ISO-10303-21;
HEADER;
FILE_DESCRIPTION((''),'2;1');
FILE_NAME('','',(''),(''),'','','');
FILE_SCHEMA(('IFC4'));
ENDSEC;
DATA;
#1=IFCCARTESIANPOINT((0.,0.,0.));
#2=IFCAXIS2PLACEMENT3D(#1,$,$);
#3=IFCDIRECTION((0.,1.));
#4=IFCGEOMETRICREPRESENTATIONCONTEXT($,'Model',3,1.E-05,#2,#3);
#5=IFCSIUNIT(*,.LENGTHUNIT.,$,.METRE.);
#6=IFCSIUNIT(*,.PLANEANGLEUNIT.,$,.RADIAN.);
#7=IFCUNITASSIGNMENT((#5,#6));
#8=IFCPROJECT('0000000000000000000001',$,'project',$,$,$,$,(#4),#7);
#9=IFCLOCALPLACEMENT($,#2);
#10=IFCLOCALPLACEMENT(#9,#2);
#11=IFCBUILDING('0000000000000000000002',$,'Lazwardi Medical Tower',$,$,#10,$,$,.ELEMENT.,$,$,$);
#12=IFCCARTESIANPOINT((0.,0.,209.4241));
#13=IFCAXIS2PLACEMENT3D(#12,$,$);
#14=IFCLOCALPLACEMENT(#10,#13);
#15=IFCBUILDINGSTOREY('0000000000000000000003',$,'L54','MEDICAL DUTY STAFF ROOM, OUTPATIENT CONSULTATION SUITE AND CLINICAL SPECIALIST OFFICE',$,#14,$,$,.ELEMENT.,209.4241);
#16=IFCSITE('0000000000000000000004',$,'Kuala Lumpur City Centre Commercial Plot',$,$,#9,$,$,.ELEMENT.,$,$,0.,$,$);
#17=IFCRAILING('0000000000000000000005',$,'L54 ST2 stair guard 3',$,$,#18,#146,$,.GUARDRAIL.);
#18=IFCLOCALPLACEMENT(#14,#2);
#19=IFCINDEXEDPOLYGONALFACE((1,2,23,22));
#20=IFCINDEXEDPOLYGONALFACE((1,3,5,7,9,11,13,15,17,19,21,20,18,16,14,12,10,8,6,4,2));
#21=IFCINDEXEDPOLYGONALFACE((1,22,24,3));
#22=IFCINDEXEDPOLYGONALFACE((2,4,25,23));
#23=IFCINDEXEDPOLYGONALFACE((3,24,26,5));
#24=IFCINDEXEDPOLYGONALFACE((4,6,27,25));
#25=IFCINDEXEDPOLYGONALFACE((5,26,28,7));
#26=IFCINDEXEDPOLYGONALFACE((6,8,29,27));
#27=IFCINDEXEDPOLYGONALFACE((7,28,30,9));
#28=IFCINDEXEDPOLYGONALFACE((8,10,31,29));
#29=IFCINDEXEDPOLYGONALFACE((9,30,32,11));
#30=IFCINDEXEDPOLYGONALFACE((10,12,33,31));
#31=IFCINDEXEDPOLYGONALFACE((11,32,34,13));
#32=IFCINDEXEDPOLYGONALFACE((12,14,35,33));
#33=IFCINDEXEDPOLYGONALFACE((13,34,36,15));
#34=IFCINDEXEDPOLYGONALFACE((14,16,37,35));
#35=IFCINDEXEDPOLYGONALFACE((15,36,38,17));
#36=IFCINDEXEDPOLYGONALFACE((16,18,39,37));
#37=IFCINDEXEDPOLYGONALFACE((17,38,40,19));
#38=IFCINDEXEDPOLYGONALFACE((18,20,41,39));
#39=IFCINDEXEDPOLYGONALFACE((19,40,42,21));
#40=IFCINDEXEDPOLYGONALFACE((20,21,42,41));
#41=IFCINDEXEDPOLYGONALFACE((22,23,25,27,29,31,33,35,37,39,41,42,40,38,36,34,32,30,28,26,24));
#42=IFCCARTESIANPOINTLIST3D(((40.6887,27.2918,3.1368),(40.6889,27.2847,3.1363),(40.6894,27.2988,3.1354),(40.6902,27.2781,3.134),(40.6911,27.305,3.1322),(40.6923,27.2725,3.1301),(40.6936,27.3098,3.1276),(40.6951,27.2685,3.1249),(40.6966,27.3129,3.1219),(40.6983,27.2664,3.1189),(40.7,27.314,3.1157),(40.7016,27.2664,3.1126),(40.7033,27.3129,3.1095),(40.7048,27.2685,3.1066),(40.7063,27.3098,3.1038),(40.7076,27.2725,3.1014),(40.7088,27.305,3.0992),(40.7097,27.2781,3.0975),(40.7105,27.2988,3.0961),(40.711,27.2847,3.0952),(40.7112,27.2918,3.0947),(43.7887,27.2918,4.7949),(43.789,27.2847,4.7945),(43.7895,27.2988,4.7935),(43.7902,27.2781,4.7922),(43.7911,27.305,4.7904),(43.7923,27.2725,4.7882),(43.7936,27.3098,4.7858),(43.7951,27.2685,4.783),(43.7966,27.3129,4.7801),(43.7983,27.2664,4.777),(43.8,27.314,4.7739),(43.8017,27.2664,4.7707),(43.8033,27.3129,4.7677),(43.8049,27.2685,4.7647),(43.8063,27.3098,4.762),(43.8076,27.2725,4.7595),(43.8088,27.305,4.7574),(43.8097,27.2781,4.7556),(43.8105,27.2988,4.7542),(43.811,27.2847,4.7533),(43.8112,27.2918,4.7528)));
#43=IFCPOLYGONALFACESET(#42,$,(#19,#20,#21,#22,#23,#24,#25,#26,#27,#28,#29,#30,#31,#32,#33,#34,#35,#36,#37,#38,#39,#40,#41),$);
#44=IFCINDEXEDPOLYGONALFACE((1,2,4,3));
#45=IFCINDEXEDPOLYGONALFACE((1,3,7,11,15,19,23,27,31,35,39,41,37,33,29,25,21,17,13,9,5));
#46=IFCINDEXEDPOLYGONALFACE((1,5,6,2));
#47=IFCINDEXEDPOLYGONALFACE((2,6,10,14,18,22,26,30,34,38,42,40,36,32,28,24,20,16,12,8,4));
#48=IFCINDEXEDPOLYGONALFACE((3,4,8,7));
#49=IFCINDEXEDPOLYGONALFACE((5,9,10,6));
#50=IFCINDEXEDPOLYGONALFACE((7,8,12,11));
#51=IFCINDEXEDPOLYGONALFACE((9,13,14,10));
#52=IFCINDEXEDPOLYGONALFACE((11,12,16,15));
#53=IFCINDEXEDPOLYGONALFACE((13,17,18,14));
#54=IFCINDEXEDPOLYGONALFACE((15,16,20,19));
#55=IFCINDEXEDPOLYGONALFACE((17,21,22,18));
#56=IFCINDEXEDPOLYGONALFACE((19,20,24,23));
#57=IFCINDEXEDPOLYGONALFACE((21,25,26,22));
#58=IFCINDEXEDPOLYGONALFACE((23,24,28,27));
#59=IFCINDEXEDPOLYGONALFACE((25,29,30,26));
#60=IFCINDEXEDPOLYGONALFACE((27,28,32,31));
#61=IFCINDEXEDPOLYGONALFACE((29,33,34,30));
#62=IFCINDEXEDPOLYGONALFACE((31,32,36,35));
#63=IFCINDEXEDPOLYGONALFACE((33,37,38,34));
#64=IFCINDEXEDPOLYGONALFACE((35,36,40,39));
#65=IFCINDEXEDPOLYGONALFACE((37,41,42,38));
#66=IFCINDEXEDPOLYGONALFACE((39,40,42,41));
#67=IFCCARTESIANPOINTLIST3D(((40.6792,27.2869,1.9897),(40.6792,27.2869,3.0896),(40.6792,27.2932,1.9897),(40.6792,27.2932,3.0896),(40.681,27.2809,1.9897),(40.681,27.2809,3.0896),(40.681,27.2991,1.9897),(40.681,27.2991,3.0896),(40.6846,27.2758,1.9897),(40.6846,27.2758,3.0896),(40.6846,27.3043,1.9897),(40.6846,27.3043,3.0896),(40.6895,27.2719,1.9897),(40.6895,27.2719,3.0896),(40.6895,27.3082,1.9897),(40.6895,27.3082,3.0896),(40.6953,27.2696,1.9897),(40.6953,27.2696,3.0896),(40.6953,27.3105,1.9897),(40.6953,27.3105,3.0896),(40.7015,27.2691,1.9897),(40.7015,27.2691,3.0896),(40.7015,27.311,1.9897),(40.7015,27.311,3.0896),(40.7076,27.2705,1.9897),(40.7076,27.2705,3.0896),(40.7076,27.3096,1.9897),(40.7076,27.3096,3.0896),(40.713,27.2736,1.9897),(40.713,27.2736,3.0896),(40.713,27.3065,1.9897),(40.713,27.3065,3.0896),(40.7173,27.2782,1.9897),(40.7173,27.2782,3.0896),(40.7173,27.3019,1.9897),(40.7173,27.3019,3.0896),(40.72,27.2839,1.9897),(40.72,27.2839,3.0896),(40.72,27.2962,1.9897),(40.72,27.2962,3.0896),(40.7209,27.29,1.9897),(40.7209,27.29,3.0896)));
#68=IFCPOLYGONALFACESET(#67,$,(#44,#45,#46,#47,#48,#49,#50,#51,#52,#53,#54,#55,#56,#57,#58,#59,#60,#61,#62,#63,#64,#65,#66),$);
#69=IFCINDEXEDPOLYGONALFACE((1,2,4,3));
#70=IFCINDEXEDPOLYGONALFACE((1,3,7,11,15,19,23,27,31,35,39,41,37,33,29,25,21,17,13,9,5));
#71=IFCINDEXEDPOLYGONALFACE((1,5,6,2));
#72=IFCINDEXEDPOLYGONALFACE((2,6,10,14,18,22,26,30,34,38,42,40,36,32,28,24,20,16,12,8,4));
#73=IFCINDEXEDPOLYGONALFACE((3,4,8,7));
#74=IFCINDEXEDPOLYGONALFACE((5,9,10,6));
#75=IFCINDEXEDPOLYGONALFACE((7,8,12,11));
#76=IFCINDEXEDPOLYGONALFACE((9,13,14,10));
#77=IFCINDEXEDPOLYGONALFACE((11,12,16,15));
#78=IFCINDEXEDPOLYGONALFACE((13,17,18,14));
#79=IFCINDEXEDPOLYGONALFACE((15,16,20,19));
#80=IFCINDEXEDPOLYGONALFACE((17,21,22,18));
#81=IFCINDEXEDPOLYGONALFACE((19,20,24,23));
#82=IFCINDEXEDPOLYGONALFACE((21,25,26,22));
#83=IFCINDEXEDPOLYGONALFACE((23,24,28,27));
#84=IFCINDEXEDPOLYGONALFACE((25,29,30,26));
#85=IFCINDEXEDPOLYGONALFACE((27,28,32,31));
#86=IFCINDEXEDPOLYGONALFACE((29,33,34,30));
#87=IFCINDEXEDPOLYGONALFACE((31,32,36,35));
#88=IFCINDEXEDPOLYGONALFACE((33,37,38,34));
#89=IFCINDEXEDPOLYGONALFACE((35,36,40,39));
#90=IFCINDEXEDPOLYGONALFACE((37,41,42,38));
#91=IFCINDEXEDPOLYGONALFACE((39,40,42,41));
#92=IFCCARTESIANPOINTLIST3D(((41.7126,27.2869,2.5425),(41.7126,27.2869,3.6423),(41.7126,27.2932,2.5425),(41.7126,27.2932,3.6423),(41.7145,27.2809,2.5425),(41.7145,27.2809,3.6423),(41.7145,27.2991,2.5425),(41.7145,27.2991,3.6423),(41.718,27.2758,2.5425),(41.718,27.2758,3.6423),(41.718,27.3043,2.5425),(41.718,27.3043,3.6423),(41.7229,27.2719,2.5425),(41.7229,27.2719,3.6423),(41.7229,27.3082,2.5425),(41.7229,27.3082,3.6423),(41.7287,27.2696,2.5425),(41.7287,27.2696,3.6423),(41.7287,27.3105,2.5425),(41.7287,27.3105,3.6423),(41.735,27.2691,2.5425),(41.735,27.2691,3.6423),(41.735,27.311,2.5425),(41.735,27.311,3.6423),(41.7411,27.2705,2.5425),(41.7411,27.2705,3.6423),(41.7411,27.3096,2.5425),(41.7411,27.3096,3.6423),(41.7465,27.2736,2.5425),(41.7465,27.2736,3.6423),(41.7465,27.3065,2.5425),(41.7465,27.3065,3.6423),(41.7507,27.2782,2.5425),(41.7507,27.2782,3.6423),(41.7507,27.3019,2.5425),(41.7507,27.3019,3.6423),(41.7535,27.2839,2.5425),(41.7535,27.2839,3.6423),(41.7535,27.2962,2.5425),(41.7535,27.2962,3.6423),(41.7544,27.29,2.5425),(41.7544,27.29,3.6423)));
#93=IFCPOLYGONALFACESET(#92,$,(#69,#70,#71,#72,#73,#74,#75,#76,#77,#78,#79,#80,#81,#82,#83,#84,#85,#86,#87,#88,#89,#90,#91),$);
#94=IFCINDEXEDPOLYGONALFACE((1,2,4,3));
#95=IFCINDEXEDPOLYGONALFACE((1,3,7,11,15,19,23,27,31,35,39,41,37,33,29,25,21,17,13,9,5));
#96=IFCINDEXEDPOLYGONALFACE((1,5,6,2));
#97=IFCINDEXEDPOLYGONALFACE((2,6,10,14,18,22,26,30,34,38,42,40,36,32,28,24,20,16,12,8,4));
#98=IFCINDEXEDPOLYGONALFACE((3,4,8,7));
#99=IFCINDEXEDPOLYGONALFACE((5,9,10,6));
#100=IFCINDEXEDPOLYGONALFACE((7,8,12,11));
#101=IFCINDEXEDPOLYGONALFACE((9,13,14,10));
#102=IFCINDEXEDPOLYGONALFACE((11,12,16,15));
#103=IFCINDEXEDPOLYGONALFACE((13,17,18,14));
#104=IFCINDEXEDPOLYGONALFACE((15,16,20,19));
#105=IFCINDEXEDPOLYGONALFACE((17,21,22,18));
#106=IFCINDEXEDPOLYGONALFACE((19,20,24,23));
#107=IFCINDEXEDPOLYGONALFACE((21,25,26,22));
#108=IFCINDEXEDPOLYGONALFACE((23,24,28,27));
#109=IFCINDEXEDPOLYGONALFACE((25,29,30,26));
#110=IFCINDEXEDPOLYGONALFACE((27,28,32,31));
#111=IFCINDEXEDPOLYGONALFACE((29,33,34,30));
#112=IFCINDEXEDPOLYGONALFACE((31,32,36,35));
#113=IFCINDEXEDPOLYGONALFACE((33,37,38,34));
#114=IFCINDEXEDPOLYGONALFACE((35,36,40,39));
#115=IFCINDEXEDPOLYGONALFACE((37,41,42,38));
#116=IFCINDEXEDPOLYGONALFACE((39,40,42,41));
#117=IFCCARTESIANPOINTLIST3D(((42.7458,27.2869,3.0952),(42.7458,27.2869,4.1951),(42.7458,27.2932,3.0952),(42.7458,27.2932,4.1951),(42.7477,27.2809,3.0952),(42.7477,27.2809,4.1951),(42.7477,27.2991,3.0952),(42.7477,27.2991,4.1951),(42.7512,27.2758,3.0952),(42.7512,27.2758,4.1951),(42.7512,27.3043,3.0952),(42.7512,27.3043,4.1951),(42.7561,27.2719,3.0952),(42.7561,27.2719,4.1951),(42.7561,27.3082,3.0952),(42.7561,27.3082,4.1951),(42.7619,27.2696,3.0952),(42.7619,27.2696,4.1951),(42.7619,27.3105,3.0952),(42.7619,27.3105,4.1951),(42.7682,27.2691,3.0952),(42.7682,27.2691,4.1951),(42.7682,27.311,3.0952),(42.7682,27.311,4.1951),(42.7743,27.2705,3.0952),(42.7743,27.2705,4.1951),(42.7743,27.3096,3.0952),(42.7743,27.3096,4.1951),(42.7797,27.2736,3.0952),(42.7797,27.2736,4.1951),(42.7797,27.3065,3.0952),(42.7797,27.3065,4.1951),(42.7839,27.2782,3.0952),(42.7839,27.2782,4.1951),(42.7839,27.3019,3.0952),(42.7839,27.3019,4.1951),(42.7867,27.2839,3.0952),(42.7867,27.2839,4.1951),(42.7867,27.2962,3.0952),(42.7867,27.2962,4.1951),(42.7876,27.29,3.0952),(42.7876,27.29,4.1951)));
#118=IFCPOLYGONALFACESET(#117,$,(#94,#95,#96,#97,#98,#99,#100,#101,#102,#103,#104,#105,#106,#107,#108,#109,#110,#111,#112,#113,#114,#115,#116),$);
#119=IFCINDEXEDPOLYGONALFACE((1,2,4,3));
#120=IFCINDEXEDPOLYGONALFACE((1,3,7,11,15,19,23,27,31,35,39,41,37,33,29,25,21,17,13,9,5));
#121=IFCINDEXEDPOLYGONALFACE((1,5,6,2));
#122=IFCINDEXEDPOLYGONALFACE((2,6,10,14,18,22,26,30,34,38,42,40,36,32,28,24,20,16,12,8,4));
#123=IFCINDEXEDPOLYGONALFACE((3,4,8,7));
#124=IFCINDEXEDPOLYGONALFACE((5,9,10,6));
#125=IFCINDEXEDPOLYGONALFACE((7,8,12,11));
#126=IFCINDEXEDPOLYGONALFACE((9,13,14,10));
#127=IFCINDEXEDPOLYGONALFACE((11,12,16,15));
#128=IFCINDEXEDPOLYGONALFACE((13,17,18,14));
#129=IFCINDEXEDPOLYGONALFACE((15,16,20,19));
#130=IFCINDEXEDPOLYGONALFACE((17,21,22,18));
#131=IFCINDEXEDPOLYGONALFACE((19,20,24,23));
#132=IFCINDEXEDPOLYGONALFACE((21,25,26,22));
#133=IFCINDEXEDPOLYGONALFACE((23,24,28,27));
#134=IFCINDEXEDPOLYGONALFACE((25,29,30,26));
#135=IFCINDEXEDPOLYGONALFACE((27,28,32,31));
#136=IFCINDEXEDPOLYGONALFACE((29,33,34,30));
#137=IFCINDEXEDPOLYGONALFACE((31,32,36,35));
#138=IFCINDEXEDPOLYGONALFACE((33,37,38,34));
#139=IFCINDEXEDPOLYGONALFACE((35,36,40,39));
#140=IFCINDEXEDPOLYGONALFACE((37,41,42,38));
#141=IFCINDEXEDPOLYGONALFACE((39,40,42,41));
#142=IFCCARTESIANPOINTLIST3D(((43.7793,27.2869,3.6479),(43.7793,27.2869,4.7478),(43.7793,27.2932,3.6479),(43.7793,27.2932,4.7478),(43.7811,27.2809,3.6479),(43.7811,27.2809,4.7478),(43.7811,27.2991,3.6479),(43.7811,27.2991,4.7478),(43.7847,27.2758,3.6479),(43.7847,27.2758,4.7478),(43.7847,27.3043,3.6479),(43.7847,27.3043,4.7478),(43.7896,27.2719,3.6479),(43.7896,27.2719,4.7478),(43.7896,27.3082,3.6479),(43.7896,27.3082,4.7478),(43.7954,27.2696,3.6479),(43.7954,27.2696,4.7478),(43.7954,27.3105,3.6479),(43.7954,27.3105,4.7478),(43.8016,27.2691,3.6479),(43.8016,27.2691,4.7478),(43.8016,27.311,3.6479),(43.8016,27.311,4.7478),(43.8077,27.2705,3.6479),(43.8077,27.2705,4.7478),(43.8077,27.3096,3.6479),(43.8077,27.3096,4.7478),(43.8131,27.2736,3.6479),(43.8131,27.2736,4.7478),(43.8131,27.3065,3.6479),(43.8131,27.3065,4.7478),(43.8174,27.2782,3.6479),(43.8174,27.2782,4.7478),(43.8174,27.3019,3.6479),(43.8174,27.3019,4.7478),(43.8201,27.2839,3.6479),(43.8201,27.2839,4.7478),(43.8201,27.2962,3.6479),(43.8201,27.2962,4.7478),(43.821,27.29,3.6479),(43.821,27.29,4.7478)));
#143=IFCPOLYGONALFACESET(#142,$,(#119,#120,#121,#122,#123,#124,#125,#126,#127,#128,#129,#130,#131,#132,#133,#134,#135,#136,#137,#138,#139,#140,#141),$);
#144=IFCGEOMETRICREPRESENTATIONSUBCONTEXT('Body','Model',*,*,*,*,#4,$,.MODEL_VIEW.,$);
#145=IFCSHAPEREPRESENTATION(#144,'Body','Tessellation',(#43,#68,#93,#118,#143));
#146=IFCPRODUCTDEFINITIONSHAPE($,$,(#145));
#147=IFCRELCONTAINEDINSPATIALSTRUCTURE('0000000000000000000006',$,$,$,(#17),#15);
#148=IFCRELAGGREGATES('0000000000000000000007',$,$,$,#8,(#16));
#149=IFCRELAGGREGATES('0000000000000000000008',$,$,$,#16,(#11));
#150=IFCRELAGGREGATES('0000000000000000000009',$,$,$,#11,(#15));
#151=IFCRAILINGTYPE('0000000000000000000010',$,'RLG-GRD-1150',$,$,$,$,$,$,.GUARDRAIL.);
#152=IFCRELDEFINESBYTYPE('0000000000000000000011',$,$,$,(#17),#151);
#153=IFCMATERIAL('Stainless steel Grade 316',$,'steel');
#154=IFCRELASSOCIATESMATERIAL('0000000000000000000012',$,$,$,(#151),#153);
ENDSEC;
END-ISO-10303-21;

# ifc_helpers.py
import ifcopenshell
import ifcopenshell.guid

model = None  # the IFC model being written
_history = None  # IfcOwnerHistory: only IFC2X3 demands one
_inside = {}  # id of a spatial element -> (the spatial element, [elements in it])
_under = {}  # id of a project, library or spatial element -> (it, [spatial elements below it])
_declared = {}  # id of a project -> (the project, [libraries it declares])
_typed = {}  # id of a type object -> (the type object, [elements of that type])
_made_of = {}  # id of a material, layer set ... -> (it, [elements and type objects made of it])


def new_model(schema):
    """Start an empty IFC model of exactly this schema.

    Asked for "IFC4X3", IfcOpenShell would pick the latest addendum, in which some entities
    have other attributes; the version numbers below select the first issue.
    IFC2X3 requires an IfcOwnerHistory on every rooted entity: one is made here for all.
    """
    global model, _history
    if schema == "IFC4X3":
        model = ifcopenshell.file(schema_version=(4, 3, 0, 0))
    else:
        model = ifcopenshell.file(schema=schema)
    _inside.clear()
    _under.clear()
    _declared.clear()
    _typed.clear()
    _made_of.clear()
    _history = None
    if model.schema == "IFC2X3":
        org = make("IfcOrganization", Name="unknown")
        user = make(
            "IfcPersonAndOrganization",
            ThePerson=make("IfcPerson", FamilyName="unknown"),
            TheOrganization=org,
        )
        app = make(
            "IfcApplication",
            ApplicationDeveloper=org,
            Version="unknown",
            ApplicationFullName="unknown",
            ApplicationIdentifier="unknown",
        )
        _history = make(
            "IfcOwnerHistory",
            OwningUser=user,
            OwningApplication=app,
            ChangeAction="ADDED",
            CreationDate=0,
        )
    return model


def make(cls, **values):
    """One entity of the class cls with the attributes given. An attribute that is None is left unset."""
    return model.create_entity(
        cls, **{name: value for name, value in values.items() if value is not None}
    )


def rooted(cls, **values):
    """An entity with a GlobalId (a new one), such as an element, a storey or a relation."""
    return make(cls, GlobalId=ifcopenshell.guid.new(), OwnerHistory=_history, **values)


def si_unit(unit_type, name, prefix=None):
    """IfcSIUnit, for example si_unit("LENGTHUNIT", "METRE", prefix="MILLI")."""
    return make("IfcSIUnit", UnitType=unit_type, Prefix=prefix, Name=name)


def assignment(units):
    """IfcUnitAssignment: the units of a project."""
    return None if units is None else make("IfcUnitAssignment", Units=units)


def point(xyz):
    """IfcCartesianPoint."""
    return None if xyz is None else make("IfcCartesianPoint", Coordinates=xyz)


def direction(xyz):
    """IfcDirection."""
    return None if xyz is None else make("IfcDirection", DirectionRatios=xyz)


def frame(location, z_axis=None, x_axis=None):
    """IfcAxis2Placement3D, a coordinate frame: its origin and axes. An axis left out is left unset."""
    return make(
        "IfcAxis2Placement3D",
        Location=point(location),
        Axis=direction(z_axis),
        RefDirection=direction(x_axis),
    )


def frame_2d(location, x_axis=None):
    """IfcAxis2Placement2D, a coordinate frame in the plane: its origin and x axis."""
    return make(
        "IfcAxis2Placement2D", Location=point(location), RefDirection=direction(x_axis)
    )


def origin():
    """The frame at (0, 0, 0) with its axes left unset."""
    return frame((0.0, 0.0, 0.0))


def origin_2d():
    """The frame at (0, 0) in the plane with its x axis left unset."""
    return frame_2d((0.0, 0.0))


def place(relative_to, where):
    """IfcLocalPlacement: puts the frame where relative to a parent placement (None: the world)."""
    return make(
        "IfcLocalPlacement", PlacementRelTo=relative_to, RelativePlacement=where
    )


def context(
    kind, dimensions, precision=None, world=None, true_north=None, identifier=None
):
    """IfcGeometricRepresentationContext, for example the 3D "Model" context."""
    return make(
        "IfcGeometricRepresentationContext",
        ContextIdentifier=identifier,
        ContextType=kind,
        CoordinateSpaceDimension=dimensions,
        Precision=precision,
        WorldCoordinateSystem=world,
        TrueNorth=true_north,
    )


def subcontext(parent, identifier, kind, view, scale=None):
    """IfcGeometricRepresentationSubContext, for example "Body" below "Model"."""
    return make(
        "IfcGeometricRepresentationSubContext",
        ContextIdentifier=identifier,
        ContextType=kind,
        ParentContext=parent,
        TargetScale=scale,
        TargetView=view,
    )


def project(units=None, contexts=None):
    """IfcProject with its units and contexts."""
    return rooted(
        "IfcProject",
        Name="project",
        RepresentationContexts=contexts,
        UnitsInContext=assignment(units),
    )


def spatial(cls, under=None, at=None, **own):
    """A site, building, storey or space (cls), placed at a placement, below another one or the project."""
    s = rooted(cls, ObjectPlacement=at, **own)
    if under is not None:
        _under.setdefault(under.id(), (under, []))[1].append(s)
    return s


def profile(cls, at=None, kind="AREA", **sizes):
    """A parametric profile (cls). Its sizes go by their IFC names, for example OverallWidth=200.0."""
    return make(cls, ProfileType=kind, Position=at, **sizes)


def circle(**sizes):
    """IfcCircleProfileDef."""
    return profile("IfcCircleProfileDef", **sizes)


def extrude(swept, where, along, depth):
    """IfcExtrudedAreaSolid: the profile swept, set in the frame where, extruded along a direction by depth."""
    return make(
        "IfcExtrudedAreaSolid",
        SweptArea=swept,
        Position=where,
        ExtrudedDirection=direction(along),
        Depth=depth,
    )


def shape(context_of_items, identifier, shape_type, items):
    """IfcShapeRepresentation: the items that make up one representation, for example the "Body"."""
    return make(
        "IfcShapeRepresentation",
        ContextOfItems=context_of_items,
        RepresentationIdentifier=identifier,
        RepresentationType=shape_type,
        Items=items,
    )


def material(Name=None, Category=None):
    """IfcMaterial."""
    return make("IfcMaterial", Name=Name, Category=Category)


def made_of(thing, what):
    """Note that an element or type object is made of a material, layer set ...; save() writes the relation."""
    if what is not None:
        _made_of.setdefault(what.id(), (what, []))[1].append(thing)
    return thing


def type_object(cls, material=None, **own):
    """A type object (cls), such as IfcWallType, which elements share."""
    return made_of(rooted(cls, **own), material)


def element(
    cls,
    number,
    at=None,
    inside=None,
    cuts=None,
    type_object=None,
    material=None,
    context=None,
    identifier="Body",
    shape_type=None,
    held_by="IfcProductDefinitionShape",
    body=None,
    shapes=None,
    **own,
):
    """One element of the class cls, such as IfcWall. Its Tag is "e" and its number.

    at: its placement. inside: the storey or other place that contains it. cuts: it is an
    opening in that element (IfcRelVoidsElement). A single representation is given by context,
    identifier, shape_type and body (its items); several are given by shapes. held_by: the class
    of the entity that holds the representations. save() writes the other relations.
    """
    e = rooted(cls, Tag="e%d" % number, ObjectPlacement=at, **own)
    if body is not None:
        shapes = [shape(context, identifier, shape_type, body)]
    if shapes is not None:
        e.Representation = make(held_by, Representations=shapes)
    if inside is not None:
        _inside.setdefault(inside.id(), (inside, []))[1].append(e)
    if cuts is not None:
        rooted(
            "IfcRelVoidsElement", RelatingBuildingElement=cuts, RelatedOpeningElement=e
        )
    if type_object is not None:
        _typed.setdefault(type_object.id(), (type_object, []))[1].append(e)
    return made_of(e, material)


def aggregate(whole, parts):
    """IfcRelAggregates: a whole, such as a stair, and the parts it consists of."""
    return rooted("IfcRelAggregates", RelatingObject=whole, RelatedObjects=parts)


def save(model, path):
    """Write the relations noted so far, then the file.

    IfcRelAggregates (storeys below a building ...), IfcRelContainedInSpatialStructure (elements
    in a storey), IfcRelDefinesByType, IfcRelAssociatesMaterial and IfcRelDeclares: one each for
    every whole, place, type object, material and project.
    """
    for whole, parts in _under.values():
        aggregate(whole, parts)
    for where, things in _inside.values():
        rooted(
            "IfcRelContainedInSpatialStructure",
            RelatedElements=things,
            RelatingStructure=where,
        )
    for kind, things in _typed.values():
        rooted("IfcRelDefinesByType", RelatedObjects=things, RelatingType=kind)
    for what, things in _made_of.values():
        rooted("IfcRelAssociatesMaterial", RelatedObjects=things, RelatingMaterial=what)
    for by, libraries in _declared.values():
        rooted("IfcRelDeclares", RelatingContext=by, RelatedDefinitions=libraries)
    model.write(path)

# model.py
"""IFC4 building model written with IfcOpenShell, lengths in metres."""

from ifc_helpers import new_model, si_unit, direction, frame, origin, origin_2d, place, context, subcontext, project, spatial, circle, extrude, material, type_object, element, save


model = new_model("IFC4")

# Units and contexts
model_context = context("Model", 3, precision=1e-05, world=origin(), true_north=direction((0.0, 1.0)))
body_context = subcontext(model_context, "Body", "Model", "MODEL_VIEW")
ifc_project = project(units=[si_unit("LENGTHUNIT", "METRE"), si_unit("PLANEANGLEUNIT", "RADIAN")], contexts=[model_context])

# Site, building, storey
site_placement = place(None, origin())
site = spatial("IfcSite", under=ifc_project, at=site_placement, Name="Kuala Lumpur City Centre Commercial Plot", CompositionType="ELEMENT", RefElevation=0.0)
building_placement = place(site_placement, origin())
building = spatial("IfcBuilding", under=site, at=building_placement, Name="Lazwardi Medical Tower", CompositionType="ELEMENT")
storey_placement = place(building_placement, frame((0.0, 0.0, 209.4241)))
storey = spatial("IfcBuildingStorey", under=building, at=storey_placement, Name="L54", Description="MEDICAL DUTY STAFF ROOM, OUTPATIENT CONSULTATION SUITE AND CLINICAL SPECIALIST OFFICE", CompositionType="ELEMENT", Elevation=209.4241)

# Railing
ifc_material_1 = material(Name="Stainless steel Grade 316", Category="steel")
railing_type_1 = type_object("IfcRailingType", Name="RLG-GRD-1150", PredefinedType="GUARDRAIL", material=ifc_material_1)
railing_1_placement = place(storey_placement, frame((40.7, 27.29, 1.9897)))
element("IfcRailing", 1, at=railing_1_placement, inside=storey, type_object=railing_type_1, Name="L54 ST2 stair guard 3", PredefinedType="GUARDRAIL", context=body_context, shape_type="SweptSolid", body=[
    extrude(circle(Radius=0.0239, at=origin_2d()), frame((0.0, 0.0, 1.126), z_axis=(0.881783, 0.0, 0.471655), x_axis=(0.0, 1.0, 0.0)), (0.0, 0.0, 1.0), 3.5156),
    extrude(circle(Radius=0.021, at=origin_2d()), origin(), (0.0, 0.0, 1.0), 1.0999),
    extrude(circle(Radius=0.021, at=origin_2d()), frame((1.0334, 0.0, 0.5527)), (0.0, 0.0, 1.0), 1.0999),
    extrude(circle(Radius=0.021, at=origin_2d()), frame((2.0667, 0.0, 1.1055)), (0.0, 0.0, 1.0), 1.0999),
    extrude(circle(Radius=0.021, at=origin_2d()), frame((3.1001, 0.0, 1.6582)), (0.0, 0.0, 1.0), 1.0999),
])

save(model, "model.ifc")
